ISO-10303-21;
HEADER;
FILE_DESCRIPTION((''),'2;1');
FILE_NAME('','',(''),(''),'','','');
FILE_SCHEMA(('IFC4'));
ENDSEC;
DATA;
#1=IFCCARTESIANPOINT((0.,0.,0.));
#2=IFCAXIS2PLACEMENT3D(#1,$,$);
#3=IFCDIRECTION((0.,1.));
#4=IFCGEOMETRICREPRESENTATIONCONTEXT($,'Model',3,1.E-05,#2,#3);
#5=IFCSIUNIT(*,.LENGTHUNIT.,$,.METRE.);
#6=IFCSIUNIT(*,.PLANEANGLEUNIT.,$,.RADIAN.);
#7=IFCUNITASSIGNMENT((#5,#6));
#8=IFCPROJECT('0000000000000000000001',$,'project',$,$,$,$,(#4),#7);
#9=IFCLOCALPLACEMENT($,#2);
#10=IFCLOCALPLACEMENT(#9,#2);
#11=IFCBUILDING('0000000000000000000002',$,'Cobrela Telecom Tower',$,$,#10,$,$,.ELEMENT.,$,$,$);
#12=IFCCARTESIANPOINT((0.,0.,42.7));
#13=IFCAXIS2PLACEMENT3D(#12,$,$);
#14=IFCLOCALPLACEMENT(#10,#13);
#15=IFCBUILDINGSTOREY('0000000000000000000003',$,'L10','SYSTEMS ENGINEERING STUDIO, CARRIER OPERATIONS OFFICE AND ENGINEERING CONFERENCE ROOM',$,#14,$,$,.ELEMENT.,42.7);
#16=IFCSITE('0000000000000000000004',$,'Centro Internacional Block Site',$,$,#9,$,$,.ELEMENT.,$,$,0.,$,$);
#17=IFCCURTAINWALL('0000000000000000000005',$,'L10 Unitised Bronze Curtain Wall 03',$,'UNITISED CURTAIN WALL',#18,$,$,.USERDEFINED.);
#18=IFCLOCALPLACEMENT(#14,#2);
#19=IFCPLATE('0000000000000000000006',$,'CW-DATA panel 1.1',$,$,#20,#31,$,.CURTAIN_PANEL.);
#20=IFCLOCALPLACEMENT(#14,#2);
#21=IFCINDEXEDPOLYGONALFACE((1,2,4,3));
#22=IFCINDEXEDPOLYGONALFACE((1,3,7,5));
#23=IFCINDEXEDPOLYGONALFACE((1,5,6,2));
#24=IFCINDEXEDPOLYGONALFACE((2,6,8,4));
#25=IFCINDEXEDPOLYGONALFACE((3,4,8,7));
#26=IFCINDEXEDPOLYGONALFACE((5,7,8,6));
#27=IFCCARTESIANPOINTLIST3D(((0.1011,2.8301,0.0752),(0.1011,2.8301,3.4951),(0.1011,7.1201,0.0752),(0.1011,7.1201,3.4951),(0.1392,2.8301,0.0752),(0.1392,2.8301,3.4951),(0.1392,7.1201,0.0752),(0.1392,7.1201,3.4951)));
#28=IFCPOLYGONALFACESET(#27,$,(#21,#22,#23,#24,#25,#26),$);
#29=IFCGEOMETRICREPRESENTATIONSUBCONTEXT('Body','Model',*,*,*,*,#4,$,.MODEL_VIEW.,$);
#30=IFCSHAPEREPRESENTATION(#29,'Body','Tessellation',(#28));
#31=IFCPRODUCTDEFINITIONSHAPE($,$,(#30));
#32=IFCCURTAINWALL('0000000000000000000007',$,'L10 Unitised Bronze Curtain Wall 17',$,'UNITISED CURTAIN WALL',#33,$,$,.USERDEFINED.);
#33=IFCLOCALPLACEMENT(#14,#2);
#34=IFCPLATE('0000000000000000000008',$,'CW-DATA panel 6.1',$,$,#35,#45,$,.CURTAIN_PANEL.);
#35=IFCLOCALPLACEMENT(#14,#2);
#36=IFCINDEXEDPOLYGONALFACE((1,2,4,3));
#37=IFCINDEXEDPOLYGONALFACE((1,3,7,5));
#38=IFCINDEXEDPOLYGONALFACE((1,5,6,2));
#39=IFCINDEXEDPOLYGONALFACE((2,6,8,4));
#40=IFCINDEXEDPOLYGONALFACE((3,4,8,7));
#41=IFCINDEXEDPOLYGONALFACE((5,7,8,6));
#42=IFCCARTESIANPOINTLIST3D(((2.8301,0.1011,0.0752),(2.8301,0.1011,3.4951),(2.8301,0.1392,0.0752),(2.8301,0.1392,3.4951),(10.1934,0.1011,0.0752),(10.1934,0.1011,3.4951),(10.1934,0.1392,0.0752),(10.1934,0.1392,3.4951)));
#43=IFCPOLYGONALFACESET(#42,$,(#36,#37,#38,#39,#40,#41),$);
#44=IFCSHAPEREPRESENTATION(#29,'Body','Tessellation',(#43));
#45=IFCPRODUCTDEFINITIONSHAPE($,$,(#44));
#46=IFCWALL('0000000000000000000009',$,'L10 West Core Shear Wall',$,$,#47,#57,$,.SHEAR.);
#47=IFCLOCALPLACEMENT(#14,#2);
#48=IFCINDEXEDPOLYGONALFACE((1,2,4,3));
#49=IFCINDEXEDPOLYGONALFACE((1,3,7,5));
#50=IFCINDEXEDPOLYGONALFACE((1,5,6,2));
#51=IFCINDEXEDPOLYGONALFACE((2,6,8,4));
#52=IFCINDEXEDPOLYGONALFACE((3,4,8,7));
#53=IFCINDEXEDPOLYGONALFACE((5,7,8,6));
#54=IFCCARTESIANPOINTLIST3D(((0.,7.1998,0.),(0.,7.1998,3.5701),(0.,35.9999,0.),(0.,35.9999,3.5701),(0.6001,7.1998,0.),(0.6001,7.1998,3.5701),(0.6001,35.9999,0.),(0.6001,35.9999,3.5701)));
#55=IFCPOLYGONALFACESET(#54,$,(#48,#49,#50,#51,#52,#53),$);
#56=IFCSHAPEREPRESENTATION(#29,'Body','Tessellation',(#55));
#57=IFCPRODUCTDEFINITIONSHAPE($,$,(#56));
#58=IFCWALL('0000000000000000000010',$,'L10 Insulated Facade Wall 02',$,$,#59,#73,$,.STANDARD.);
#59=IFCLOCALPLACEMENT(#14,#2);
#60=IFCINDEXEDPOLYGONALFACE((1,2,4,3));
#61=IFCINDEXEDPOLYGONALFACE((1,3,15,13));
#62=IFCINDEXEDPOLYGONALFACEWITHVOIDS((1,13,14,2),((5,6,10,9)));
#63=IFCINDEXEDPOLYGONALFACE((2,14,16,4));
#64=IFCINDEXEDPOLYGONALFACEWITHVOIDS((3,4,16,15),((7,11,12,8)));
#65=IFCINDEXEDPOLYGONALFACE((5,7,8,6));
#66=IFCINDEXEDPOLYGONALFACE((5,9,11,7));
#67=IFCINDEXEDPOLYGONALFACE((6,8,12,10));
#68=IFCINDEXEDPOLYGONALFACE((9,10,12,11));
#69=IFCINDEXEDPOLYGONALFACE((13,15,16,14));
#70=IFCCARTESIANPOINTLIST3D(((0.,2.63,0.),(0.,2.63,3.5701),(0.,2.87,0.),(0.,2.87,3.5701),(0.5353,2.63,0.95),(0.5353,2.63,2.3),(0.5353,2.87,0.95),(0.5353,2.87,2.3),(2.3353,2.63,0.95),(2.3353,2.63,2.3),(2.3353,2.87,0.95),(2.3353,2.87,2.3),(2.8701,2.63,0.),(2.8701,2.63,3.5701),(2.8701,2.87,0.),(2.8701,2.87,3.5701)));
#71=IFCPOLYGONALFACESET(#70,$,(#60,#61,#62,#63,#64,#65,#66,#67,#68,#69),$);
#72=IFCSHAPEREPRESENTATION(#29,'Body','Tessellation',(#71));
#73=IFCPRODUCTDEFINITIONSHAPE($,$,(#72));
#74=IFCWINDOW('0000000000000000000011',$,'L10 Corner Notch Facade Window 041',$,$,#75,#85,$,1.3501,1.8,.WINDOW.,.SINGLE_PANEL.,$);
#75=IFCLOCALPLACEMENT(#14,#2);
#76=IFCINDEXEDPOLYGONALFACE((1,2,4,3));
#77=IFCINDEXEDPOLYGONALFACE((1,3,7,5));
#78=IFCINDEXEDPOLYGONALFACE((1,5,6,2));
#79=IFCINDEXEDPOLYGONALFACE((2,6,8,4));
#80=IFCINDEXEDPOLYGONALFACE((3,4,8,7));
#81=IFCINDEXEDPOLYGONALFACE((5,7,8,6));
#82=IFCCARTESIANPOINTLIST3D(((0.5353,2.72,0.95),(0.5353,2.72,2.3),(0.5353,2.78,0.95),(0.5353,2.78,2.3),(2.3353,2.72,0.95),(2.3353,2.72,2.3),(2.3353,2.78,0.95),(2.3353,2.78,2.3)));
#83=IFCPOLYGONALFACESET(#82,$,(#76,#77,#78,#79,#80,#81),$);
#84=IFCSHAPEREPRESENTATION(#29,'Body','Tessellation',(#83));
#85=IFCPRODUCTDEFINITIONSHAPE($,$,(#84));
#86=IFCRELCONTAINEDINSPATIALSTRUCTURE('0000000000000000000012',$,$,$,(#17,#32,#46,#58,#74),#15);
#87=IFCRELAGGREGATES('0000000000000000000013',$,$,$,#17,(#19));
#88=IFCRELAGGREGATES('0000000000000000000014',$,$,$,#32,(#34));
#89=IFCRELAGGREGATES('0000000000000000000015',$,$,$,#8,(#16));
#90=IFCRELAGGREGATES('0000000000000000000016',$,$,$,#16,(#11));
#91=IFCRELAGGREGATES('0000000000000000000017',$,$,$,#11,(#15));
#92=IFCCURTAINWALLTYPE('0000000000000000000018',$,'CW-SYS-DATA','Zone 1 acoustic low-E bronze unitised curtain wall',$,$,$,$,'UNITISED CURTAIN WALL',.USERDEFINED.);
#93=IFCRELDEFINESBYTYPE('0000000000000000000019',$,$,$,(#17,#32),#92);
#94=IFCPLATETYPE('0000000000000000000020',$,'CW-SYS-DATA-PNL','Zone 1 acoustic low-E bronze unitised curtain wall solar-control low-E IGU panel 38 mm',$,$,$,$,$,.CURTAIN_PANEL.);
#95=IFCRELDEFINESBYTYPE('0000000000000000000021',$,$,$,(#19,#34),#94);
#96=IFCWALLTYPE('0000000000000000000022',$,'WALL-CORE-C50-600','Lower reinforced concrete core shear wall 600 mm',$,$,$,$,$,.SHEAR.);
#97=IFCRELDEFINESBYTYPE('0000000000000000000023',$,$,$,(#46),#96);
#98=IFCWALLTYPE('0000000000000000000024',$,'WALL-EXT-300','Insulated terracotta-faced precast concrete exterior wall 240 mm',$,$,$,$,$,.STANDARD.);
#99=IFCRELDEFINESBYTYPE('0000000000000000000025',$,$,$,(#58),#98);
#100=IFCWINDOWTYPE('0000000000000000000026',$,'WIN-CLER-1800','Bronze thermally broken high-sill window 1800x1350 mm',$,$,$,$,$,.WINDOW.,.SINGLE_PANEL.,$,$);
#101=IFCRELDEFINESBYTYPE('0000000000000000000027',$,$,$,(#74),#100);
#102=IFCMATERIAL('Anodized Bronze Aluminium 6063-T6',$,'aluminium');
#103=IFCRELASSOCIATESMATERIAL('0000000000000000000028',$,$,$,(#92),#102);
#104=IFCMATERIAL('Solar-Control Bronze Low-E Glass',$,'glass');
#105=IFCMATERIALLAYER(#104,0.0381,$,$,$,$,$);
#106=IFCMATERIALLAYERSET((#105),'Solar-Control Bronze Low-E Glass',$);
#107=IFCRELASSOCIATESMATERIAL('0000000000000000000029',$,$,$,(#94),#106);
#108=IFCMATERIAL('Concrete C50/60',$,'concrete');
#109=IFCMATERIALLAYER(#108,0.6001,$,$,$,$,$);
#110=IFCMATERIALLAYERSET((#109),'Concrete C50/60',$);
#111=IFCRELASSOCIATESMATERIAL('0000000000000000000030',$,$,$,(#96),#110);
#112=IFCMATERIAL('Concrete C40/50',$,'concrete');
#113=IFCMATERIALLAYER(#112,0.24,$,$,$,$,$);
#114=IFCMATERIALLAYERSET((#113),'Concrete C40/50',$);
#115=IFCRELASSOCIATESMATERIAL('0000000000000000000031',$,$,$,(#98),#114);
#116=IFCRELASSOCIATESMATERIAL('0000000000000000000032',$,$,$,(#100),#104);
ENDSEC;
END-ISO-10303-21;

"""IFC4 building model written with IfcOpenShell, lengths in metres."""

from ifc_helpers import new_model, si_unit, direction, frame, frame_2d, origin, origin_2d, place, context, subcontext, project, spatial, rectangle, extrude, material, layer, layer_set, type_object, element, fill, aggregate, save


model = new_model("IFC4")

# Units and contexts
model_context = context("Model", 3, precision=1e-05, world=origin(), true_north=direction((0.0, 1.0)))
body_context = subcontext(model_context, "Body", "Model", "MODEL_VIEW")
ifc_project = project(units=[si_unit("LENGTHUNIT", "METRE"), si_unit("PLANEANGLEUNIT", "RADIAN")], contexts=[model_context])

# Site, building, storey
site_placement = place(None, origin())
site = spatial("IfcSite", under=ifc_project, at=site_placement, Name="Centro Internacional Block Site", CompositionType="ELEMENT", RefElevation=0.0)
building_placement = place(site_placement, origin())
building = spatial("IfcBuilding", under=site, at=building_placement, Name="Cobrela Telecom Tower", CompositionType="ELEMENT")
storey_placement = place(building_placement, frame((0.0, 0.0, 42.7)))
storey = spatial("IfcBuildingStorey", under=building, at=storey_placement, Name="L10", Description="SYSTEMS ENGINEERING STUDIO, CARRIER OPERATIONS OFFICE AND ENGINEERING CONFERENCE ROOM", CompositionType="ELEMENT", Elevation=42.7)

# Curtain wall, plate
ifc_material_1 = material(Name="Anodized Bronze Aluminium 6063-T6", Category="aluminium")
curtain_wall_type = type_object("IfcCurtainWallType", Name="CW-SYS-DATA", Description="Zone 1 acoustic low-E bronze unitised curtain wall", ElementType="UNITISED CURTAIN WALL", PredefinedType="USERDEFINED", material=ifc_material_1)
curtain_wall_1_placement = place(storey_placement, origin())
curtain_wall_1 = element("IfcCurtainWall", 1, at=curtain_wall_1_placement, inside=storey, type_object=curtain_wall_type, Name="L10 Unitised Bronze Curtain Wall 03", ObjectType="UNITISED CURTAIN WALL", PredefinedType="USERDEFINED")
ifc_material_2 = material(Name="Solar-Control Bronze Low-E Glass", Category="glass")
ifc_layer_1 = layer(ifc_material_2, 0.0381)
ifc_layer_set_1 = layer_set([ifc_layer_1], Name="Solar-Control Bronze Low-E Glass")
plate_type = type_object("IfcPlateType", Name="CW-SYS-DATA-PNL", Description="Zone 1 acoustic low-E bronze unitised curtain wall solar-control low-E IGU panel 38 mm", PredefinedType="CURTAIN_PANEL", material=ifc_layer_set_1)
plate_1_placement = place(storey_placement, frame((0.1201, 4.9751, 0.0752), z_axis=(0.0, 0.0, 1.0), x_axis=(0.0, 1.0, 0.0)))
plate_1 = element("IfcPlate", 2, at=plate_1_placement, type_object=plate_type, Name="CW-DATA panel 1.1", PredefinedType="CURTAIN_PANEL", context=body_context, shape_type="SweptSolid", body=[
    extrude(rectangle(XDim=4.29, YDim=0.0381, at=origin_2d()), origin(), (0.0, 0.0, 1.0), 3.4199),
])
aggregate(curtain_wall_1, [plate_1])

# Curtain wall, plate
curtain_wall_2_placement = place(storey_placement, origin())
curtain_wall_2 = element("IfcCurtainWall", 3, at=curtain_wall_2_placement, inside=storey, type_object=curtain_wall_type, Name="L10 Unitised Bronze Curtain Wall 17", ObjectType="UNITISED CURTAIN WALL", PredefinedType="USERDEFINED")
plate_2_placement = place(storey_placement, frame((6.5117, 0.1201, 0.0752), z_axis=(0.0, 0.0, 1.0), x_axis=(-1.0, 0.0, 0.0)))
plate_2 = element("IfcPlate", 4, at=plate_2_placement, type_object=plate_type, Name="CW-DATA panel 6.1", PredefinedType="CURTAIN_PANEL", context=body_context, shape_type="SweptSolid", body=[
    extrude(rectangle(XDim=7.3633, YDim=0.0381, at=origin_2d()), origin(), (0.0, 0.0, 1.0), 3.4199),
])
aggregate(curtain_wall_2, [plate_2])

# Wall
ifc_material_3 = material(Name="Concrete C50/60", Category="concrete")
ifc_layer_2 = layer(ifc_material_3, 0.6001)
ifc_layer_set_2 = layer_set([ifc_layer_2], Name="Concrete C50/60")
wall_type_1 = type_object("IfcWallType", Name="WALL-CORE-C50-600", Description="Lower reinforced concrete core shear wall 600 mm", PredefinedType="SHEAR", material=ifc_layer_set_2)
wall_1_placement = place(storey_placement, frame((0.3, 7.2, 0.0), z_axis=(0.0, 0.0, 1.0), x_axis=(0.0, 1.0, 0.0)))
element("IfcWall", 5, at=wall_1_placement, inside=storey, type_object=wall_type_1, Name="L10 West Core Shear Wall", PredefinedType="SHEAR", context=body_context, shape_type="SweptSolid", body=[
    extrude(rectangle(XDim=28.8, YDim=0.6001, at=frame_2d((14.3999, 0.0))), origin(), (0.0, 0.0, 1.0), 3.5701),
])

# Wall, opening, window
ifc_material_4 = material(Name="Concrete C40/50", Category="concrete")
ifc_layer_3 = layer(ifc_material_4, 0.24)
ifc_layer_set_3 = layer_set([ifc_layer_3], Name="Concrete C40/50")
wall_type_2 = type_object("IfcWallType", Name="WALL-EXT-300", Description="Insulated terracotta-faced precast concrete exterior wall 240 mm", PredefinedType="STANDARD", material=ifc_layer_set_3)
wall_2_placement = place(storey_placement, frame((2.8701, 2.75, 0.0), z_axis=(0.0, 0.0, 1.0), x_axis=(-1.0, 0.0, 0.0)))
wall_2 = element("IfcWall", 6, at=wall_2_placement, inside=storey, type_object=wall_type_2, Name="L10 Insulated Facade Wall 02", PredefinedType="STANDARD", context=body_context, shape_type="SweptSolid", body=[
    extrude(rectangle(XDim=2.8701, YDim=0.24, at=frame_2d((1.4351, 0.0))), origin(), (0.0, 0.0, 1.0), 3.5701),
])
opening_placement = place(wall_2_placement, frame((0.5349, 0.0, 0.95)))
opening = element("IfcOpeningElement", 7, at=opening_placement, cuts=wall_2, PredefinedType="OPENING", context=body_context, shape_type="SweptSolid", body=[
    extrude(rectangle(XDim=1.8, YDim=1.3501, at=frame_2d((0.8999, 0.675))), frame((0.0, 0.1318, 0.0), z_axis=(0.0, -1.0, 0.0), x_axis=(1.0, 0.0, 0.0)), (0.0, 0.0, 1.0), 0.2639),
])
window_type = type_object("IfcWindowType", Name="WIN-CLER-1800", Description="Bronze thermally broken high-sill window 1800x1350 mm", PartitioningType="SINGLE_PANEL", PredefinedType="WINDOW", material=ifc_material_2)
window_placement = place(opening_placement, origin())
window = element("IfcWindow", 8, at=window_placement, inside=storey, type_object=window_type, Name="L10 Corner Notch Facade Window 041", OverallHeight=1.3501, OverallWidth=1.8, PartitioningType="SINGLE_PANEL", PredefinedType="WINDOW", context=body_context, shape_type="SweptSolid", body=[
    extrude(rectangle(XDim=1.8, YDim=1.3501, at=frame_2d((0.8999, 0.675))), frame((0.0, 0.03, 0.0), z_axis=(0.0, -1.0, 0.0), x_axis=(1.0, 0.0, 0.0)), (0.0, 0.0, 1.0), 0.0601),
])
fill(opening, window)

save(model, "model.ifc")
